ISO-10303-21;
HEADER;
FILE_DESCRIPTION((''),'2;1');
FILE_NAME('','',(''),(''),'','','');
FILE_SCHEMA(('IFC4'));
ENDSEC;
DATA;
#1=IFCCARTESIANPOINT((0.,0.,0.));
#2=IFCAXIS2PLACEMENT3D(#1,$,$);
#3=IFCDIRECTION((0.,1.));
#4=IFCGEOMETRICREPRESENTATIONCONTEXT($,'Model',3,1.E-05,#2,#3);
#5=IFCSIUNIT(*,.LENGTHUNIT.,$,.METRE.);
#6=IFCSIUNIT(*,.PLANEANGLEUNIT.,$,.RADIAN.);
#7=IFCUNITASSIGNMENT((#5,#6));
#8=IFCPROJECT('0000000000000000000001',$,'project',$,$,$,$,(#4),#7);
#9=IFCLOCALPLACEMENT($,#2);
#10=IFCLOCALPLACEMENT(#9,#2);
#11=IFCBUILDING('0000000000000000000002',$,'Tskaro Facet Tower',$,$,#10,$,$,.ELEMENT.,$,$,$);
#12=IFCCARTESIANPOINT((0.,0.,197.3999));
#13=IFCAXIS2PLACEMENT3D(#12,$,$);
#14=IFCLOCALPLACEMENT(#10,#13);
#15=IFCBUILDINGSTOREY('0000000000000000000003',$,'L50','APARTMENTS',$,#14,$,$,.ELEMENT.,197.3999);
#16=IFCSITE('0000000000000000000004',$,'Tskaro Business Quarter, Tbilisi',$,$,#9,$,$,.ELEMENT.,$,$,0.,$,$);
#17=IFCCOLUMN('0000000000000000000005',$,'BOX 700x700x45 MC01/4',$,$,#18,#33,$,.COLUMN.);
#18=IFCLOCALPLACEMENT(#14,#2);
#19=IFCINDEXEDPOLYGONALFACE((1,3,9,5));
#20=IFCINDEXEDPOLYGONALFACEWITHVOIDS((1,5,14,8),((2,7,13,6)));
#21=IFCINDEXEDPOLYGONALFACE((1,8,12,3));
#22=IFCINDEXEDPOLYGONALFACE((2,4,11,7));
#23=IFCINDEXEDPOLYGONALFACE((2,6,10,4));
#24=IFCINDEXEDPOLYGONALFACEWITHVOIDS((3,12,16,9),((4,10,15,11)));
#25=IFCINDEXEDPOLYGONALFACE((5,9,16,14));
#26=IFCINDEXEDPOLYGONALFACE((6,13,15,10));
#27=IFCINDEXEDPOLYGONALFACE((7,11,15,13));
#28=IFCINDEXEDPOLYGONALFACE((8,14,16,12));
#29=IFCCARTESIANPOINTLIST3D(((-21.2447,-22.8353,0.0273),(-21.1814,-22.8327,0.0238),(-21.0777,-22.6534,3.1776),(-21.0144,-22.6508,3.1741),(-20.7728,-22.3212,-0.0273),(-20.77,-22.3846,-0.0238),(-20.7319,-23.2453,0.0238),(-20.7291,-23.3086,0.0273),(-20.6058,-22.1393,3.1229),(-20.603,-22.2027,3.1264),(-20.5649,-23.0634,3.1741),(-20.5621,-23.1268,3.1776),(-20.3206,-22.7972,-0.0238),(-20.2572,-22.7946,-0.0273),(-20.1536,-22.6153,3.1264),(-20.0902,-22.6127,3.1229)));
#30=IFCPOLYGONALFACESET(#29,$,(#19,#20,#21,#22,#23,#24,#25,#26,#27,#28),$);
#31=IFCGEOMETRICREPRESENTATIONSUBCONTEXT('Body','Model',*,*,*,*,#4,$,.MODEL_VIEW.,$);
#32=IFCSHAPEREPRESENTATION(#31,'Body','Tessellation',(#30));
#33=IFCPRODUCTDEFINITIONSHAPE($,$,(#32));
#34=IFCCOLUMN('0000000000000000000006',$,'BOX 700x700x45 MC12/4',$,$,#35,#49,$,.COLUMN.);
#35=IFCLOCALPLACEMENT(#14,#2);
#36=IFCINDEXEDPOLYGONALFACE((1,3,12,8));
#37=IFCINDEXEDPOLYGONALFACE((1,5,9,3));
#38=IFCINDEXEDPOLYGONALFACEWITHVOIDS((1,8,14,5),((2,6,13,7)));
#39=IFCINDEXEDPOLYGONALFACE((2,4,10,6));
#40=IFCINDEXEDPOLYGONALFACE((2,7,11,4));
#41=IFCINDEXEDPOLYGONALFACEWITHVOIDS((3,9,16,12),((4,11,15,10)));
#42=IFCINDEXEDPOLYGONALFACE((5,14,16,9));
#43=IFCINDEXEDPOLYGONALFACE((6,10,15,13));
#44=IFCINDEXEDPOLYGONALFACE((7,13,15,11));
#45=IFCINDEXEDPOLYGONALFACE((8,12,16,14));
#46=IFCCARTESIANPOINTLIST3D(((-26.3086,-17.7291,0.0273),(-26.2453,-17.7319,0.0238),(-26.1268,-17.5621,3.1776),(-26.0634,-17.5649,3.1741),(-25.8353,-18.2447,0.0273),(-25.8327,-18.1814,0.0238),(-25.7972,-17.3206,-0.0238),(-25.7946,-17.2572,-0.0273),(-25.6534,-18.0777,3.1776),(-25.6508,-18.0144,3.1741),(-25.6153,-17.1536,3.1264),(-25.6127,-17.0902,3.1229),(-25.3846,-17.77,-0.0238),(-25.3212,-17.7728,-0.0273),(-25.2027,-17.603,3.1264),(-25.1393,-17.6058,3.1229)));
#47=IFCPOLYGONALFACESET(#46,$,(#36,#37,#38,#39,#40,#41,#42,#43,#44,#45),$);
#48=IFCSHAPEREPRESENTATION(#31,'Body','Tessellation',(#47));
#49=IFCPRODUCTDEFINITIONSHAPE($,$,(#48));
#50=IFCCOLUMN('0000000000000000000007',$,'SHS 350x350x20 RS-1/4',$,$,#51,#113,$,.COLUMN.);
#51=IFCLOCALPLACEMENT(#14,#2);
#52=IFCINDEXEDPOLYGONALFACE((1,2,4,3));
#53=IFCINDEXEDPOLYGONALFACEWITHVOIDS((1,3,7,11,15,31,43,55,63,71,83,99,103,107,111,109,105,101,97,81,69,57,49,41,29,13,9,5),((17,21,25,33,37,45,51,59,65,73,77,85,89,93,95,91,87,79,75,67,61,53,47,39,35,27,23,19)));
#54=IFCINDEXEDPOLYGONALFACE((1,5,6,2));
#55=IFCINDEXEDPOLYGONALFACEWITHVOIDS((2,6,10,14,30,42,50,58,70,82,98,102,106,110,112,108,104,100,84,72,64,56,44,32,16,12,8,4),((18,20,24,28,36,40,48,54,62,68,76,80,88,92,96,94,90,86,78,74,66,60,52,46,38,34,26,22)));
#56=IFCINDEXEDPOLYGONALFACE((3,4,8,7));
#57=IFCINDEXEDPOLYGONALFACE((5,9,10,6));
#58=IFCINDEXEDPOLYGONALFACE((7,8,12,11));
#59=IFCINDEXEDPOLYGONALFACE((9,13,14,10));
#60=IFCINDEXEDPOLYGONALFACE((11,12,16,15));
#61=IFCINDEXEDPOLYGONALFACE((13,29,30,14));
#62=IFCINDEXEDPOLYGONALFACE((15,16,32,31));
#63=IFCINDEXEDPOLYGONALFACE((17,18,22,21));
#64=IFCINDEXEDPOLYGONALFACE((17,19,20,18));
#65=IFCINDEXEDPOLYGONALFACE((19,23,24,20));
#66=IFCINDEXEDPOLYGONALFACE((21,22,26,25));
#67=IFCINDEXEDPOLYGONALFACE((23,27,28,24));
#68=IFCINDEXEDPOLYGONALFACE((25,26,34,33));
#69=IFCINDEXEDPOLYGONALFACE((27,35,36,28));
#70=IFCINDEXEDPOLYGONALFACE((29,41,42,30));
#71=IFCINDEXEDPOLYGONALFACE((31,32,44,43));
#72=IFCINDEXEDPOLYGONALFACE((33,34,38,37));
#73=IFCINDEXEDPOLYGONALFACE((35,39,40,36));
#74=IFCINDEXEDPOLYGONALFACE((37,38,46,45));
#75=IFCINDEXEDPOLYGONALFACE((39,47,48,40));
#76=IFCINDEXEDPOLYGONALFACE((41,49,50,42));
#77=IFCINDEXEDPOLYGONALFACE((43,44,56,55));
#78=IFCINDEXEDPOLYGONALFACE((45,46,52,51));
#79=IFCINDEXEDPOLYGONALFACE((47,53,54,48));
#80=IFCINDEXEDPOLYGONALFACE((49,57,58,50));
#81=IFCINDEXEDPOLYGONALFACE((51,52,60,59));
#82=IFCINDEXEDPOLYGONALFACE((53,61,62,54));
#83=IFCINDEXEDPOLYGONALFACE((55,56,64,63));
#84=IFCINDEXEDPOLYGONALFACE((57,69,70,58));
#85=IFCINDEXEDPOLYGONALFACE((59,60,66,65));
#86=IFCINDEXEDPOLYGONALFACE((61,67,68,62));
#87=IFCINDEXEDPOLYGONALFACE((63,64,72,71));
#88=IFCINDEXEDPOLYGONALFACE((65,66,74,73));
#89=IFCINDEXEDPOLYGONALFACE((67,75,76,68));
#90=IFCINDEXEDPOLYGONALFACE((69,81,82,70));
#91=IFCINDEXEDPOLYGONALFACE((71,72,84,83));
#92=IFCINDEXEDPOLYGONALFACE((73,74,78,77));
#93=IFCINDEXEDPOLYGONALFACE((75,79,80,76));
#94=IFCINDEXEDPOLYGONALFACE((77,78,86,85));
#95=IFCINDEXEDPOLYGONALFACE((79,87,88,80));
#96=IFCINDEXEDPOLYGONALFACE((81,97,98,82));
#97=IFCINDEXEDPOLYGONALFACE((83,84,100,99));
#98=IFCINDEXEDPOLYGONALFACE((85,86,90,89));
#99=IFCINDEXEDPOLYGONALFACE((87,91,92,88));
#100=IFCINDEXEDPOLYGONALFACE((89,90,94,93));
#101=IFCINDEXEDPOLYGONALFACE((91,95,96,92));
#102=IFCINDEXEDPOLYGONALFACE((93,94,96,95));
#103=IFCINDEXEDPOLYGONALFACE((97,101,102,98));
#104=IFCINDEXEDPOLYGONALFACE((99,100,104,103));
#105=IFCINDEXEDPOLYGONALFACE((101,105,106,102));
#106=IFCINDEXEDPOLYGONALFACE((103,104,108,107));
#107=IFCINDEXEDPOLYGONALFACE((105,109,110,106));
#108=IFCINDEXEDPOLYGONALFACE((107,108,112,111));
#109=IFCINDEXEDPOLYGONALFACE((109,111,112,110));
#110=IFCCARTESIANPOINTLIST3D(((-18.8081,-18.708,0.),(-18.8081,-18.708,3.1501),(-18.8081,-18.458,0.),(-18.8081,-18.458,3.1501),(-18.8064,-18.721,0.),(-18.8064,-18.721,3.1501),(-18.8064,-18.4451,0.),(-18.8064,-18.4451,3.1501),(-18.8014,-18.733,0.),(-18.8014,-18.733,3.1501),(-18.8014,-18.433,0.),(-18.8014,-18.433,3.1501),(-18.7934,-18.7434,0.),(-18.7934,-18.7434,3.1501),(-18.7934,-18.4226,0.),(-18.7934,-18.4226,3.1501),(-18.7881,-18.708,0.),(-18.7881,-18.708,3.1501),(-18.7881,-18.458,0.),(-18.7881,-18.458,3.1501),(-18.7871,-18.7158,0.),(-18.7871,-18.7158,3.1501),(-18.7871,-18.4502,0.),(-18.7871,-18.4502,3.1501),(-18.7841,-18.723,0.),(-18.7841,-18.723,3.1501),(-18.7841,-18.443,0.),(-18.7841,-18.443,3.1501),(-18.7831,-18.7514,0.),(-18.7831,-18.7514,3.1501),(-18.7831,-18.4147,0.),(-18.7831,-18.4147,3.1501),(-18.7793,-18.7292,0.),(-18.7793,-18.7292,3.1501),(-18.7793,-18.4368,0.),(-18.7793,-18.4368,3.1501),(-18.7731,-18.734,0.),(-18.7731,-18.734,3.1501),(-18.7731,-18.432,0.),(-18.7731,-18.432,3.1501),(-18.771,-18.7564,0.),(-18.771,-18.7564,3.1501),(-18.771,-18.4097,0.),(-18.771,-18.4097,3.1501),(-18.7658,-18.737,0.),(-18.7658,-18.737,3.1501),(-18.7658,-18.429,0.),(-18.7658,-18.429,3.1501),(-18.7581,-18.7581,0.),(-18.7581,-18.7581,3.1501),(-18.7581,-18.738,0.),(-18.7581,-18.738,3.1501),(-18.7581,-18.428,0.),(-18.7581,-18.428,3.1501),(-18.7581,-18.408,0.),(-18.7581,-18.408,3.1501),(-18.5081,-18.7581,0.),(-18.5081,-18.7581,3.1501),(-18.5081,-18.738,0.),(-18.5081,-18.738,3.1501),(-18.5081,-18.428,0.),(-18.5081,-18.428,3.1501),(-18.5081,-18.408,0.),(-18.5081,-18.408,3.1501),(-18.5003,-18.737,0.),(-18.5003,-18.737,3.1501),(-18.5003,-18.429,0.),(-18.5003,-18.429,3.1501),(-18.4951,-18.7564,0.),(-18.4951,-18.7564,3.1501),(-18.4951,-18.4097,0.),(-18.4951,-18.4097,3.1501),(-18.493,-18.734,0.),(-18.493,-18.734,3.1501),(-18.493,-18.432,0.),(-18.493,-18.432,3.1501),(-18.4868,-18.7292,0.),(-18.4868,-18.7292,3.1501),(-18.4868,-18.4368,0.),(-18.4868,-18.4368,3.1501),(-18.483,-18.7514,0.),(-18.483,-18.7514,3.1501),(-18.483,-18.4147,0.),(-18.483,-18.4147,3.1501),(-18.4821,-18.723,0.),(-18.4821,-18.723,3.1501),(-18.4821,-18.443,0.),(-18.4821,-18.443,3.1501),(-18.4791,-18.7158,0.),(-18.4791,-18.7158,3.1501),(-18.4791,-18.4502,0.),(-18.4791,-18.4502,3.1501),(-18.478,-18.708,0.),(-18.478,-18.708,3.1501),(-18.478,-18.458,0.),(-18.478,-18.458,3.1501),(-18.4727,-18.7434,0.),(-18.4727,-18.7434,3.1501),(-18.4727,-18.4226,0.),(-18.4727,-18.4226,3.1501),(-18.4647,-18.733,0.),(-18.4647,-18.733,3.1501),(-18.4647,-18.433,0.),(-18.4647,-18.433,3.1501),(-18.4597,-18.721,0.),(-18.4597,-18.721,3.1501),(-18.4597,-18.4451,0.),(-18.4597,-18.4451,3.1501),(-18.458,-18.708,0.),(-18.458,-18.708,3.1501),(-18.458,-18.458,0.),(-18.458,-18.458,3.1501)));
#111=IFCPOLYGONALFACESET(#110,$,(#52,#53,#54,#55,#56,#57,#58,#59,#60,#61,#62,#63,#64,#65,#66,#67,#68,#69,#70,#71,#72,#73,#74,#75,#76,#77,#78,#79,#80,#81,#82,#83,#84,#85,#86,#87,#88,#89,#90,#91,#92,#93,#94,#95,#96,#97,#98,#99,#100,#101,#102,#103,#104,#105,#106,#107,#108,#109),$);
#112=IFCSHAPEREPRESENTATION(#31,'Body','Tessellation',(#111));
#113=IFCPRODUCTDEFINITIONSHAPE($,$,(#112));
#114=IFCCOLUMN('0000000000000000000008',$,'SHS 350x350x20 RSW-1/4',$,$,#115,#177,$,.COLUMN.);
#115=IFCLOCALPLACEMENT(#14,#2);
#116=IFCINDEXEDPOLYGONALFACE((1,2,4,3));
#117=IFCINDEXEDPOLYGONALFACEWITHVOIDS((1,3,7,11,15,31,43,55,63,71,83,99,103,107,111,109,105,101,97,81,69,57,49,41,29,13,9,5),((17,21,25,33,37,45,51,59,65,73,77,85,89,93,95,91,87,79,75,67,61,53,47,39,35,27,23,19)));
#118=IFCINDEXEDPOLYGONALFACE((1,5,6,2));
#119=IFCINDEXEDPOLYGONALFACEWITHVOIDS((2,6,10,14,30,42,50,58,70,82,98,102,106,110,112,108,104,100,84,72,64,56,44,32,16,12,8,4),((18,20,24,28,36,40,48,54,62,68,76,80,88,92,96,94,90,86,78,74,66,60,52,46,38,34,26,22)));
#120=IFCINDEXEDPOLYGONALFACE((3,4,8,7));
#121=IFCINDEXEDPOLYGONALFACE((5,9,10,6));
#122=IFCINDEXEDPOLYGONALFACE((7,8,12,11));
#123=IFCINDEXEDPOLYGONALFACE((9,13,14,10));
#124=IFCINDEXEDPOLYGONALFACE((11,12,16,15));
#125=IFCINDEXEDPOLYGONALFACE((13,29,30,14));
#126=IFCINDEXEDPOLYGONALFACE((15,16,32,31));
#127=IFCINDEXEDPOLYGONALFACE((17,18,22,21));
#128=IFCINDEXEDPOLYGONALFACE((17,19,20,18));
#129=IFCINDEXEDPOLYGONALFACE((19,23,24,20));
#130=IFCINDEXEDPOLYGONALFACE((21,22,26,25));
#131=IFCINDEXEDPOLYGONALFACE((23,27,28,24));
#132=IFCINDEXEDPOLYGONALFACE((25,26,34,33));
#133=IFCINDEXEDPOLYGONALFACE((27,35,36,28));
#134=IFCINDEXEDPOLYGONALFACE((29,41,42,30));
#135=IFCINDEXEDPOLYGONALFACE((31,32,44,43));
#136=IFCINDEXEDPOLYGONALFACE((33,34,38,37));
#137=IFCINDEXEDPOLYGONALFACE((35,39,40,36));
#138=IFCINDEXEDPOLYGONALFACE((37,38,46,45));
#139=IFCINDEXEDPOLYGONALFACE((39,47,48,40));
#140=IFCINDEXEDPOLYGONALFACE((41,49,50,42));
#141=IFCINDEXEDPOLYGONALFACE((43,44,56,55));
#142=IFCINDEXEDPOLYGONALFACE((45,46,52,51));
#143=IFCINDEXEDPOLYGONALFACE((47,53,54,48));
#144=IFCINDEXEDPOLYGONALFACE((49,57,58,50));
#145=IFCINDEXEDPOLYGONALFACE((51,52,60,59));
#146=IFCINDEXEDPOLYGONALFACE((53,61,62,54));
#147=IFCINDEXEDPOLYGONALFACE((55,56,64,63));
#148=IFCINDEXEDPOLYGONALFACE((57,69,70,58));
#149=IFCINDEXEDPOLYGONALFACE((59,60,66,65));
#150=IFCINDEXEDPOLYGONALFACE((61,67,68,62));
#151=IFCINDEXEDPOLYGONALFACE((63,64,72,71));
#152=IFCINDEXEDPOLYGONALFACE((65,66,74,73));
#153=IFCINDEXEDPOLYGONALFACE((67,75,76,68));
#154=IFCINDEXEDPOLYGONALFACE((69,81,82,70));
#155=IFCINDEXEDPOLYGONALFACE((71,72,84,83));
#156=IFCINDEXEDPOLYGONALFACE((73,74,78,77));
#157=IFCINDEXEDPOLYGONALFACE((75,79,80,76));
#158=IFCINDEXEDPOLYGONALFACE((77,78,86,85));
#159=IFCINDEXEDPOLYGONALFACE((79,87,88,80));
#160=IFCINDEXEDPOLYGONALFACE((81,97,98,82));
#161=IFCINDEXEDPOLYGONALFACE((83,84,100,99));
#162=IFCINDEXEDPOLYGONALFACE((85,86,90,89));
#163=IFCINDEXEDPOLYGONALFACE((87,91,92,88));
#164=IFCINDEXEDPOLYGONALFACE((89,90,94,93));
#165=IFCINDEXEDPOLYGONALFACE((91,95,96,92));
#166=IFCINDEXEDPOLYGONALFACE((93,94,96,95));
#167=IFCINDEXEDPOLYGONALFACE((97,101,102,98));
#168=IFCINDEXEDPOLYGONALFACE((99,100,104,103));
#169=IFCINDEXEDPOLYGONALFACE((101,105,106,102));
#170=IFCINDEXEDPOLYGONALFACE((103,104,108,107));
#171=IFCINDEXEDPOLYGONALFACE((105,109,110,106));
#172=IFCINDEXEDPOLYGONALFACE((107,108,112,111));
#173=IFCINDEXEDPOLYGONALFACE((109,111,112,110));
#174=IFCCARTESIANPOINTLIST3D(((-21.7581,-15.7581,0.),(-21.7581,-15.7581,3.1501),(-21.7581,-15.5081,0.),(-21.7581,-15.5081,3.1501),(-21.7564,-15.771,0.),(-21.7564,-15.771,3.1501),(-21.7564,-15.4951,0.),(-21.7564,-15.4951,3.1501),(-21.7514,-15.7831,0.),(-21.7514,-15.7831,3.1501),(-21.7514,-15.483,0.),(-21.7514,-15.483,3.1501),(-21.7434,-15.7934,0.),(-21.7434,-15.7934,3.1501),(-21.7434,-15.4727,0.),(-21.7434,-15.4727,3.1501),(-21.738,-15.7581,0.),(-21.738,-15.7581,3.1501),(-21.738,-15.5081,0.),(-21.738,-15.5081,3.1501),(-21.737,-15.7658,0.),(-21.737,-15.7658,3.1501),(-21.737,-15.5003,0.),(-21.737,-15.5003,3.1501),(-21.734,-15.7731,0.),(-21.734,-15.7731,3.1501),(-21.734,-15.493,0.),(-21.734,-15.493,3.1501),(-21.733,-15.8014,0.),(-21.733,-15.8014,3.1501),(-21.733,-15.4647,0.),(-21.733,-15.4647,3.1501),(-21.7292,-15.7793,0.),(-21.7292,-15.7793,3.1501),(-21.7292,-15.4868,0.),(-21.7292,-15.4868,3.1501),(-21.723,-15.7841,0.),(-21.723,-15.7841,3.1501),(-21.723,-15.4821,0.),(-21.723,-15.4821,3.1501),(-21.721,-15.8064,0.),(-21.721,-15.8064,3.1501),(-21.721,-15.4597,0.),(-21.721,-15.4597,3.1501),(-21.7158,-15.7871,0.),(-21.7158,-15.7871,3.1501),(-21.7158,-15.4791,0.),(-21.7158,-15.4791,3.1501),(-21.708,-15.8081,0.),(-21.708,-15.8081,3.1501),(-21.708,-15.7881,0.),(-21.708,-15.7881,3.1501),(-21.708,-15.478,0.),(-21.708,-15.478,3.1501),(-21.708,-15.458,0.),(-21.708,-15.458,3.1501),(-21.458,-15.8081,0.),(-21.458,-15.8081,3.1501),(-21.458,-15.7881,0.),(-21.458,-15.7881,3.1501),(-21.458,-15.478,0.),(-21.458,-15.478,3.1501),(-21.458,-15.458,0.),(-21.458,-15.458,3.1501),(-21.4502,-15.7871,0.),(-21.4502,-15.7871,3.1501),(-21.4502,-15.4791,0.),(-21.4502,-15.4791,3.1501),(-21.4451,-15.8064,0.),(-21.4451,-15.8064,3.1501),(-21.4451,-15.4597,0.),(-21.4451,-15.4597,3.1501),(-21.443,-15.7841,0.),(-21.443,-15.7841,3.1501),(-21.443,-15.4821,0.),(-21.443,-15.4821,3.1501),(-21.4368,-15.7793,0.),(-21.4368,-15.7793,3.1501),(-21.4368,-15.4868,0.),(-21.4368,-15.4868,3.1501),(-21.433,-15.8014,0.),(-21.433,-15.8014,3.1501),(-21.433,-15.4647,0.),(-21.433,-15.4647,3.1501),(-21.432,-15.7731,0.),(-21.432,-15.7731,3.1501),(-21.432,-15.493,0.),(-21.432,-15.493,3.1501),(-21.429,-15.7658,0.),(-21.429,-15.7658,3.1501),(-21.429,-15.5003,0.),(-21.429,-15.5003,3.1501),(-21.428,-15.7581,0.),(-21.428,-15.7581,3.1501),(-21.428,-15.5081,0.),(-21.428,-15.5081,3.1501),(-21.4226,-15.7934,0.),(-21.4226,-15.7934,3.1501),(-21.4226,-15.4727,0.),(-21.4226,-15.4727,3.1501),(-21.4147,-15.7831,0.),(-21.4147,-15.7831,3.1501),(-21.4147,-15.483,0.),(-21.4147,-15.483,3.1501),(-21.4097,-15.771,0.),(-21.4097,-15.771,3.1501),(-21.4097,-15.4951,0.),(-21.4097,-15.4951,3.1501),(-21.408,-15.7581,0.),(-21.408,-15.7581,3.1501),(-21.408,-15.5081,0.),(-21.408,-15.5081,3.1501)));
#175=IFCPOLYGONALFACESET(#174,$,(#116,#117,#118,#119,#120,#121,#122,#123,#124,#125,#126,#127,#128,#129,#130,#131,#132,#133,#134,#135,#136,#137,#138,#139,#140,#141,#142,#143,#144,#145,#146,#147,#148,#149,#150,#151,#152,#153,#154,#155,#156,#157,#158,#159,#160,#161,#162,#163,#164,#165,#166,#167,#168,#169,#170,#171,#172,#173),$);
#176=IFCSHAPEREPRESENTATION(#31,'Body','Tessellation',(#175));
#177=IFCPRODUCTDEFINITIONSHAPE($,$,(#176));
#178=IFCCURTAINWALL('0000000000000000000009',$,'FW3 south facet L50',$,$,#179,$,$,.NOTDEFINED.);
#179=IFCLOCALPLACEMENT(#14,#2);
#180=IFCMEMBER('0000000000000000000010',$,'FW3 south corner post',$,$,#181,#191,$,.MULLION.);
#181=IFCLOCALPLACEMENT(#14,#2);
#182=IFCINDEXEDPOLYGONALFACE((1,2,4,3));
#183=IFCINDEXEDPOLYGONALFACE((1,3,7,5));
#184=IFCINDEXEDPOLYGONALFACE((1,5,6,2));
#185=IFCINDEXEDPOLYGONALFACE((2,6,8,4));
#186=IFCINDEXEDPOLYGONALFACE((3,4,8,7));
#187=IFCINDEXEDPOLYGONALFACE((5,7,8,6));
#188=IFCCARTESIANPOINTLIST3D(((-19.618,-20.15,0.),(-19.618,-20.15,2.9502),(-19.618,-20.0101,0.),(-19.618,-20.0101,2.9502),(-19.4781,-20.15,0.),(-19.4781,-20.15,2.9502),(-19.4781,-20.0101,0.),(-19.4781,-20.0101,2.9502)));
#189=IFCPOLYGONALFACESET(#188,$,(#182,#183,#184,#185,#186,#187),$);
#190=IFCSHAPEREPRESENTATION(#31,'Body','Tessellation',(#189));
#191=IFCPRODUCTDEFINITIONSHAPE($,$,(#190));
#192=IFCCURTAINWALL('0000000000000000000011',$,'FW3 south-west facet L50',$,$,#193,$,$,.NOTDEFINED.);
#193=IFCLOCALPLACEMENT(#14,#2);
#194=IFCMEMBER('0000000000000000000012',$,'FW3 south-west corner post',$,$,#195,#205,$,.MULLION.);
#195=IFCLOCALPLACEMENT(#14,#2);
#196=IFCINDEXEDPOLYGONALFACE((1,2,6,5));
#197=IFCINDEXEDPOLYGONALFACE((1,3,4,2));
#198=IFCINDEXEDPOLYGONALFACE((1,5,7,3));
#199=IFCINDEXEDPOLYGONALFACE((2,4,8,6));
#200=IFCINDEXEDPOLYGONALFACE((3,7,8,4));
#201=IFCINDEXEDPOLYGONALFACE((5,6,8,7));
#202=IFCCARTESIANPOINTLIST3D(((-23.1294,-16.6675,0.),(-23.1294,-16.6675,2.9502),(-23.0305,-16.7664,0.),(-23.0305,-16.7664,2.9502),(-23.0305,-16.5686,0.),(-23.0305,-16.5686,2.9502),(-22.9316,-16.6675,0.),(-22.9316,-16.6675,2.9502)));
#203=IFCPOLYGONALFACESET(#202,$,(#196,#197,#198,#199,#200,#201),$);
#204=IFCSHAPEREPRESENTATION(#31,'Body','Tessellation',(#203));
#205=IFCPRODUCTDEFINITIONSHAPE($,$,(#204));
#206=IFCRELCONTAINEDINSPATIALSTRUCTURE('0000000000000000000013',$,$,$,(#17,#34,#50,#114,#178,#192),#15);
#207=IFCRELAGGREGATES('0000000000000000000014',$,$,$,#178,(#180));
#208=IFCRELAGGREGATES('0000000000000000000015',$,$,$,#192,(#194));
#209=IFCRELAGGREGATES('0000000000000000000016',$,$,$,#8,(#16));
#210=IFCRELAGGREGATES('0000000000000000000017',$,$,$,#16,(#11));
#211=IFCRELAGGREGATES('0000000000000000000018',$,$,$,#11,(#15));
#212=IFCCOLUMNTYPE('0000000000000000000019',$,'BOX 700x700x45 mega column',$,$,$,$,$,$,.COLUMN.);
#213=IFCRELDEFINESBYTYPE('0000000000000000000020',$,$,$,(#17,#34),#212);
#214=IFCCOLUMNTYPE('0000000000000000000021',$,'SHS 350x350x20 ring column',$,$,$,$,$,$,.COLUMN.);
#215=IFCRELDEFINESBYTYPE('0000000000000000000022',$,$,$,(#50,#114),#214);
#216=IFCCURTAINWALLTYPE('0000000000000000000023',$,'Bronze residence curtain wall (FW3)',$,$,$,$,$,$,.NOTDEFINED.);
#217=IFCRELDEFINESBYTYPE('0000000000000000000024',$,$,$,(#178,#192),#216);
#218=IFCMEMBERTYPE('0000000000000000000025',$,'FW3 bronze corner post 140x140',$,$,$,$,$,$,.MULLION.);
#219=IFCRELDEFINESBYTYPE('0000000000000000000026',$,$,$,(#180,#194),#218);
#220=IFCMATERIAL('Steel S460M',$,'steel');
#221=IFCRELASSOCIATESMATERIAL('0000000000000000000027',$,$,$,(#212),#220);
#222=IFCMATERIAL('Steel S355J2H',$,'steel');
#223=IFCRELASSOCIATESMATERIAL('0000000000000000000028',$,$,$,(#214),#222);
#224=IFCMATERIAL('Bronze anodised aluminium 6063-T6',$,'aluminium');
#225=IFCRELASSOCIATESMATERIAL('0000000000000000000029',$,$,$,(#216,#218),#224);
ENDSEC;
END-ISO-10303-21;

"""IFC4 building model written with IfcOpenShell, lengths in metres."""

from ifc_helpers import new_model, si_unit, direction, frame, origin, origin_2d, place, context, subcontext, project, spatial, rectangle, hollow_rectangle, extrude, material, material_profile, profile_set, type_object, element, aggregate, save


model = new_model("IFC4")

# Units and contexts
model_context = context("Model", 3, precision=1e-05, world=origin(), true_north=direction((0.0, 1.0)))
body_context = subcontext(model_context, "Body", "Model", "MODEL_VIEW")
ifc_project = project(units=[si_unit("LENGTHUNIT", "METRE"), si_unit("PLANEANGLEUNIT", "RADIAN")], contexts=[model_context])

# Site, building, storey
site_placement = place(None, origin())
site = spatial("IfcSite", under=ifc_project, at=site_placement, Name="Tskaro Business Quarter, Tbilisi", CompositionType="ELEMENT", RefElevation=0.0)
building_placement = place(site_placement, origin())
building = spatial("IfcBuilding", under=site, at=building_placement, Name="Tskaro Facet Tower", CompositionType="ELEMENT")
storey_placement = place(building_placement, frame((0.0, 0.0, 197.3999)))
storey = spatial("IfcBuildingStorey", under=building, at=storey_placement, Name="L50", Description="APARTMENTS", CompositionType="ELEMENT", Elevation=197.3999)

# Columns
ifc_material_1 = material(Name="Steel S460M", Category="steel")
ifc_material_profile_1 = material_profile(ifc_material_1, hollow_rectangle(XDim=0.7, YDim=0.7, WallThickness=0.0449, at=origin_2d()), Name="BOX 700x700x45")
ifc_profile_set_1 = profile_set([ifc_material_profile_1], Name="Steel S460M")
column_type_1 = type_object("IfcColumnType", Name="BOX 700x700x45 mega column", PredefinedType="COLUMN", material=ifc_profile_set_1)
for number, where, z_axis, x_axis, name in (
    (1, (-20.751, -22.8149, 0.0), (0.052849, 0.057562, 0.996942), (-0.73662, 0.676306, 0.0), "BOX 700x700x45 MC01/4"),
    (2, (-25.8149, -17.751, 0.0), (0.057562, 0.052849, 0.996942), (-0.676306, 0.73662, 0.0), "BOX 700x700x45 MC12/4"),
):
    element("IfcColumn", number, at=place(storey_placement, frame(where, z_axis=z_axis, x_axis=x_axis)), inside=storey, type_object=column_type_1, Name=name, PredefinedType="COLUMN", context=body_context, shape_type="SweptSolid", body=[
        extrude(hollow_rectangle(XDim=0.7, YDim=0.7, WallThickness=0.0449, at=origin_2d()), origin(), (0.0, 0.0, 1.0), 3.1599),
    ])
ifc_material_2 = material(Name="Steel S355J2H", Category="steel")
ifc_material_profile_2 = material_profile(ifc_material_2, hollow_rectangle(XDim=0.3501, YDim=0.3501, WallThickness=0.02, InnerFilletRadius=0.03, OuterFilletRadius=0.05, at=origin_2d()), Name="SHS 350x350x20")
ifc_profile_set_2 = profile_set([ifc_material_profile_2], Name="Steel S355J2H")
column_type_2 = type_object("IfcColumnType", Name="SHS 350x350x20 ring column", PredefinedType="COLUMN", material=ifc_profile_set_2)
for number, where, z_axis, x_axis, name in (
    (3, (-18.6331, -18.583, 0.0), (0.0, 0.0, 1.0), (1.0, 0.0, 0.0), "SHS 350x350x20 RS-1/4"),
    (4, (-21.583, -15.6331, 0.0), (0.0, 0.0, 1.0), (1.0, 0.0, 0.0), "SHS 350x350x20 RSW-1/4"),
):
    element("IfcColumn", number, at=place(storey_placement, frame(where, z_axis=z_axis, x_axis=x_axis)), inside=storey, type_object=column_type_2, Name=name, PredefinedType="COLUMN", context=body_context, shape_type="SweptSolid", body=[
        extrude(hollow_rectangle(XDim=0.3501, YDim=0.3501, WallThickness=0.02, InnerFilletRadius=0.03, OuterFilletRadius=0.05, at=origin_2d()), origin(), (0.0, 0.0, 1.0), 3.1501),
    ])

# Curtain walls, members
ifc_material_3 = material(Name="Bronze anodised aluminium 6063-T6", Category="aluminium")
curtain_wall_type = type_object("IfcCurtainWallType", Name="Bronze residence curtain wall (FW3)", PredefinedType="NOTDEFINED", material=ifc_material_3)
curtain_wall_1_placement = place(storey_placement, origin())
curtain_wall_1 = element("IfcCurtainWall", 5, at=curtain_wall_1_placement, inside=storey, type_object=curtain_wall_type, Name="FW3 south facet L50", PredefinedType="NOTDEFINED")
ifc_material_profile_3 = material_profile(ifc_material_3, rectangle(XDim=0.1399, YDim=0.1399, at=origin_2d()), Name="Corner post 140x140")
ifc_profile_set_3 = profile_set([ifc_material_profile_3], Name="Bronze anodised aluminium 6063-T6")
member_type_1 = type_object("IfcMemberType", Name="FW3 bronze corner post 140x140", PredefinedType="MULLION", material=ifc_profile_set_3)
member_1_placement = place(storey_placement, frame((-19.5481, -20.0801, 0.0), z_axis=(0.0, 0.0, 1.0), x_axis=(1.0, 0.0, 0.0)))
member_1 = element("IfcMember", 6, at=member_1_placement, type_object=member_type_1, Name="FW3 south corner post", PredefinedType="MULLION", context=body_context, shape_type="SweptSolid", body=[
    extrude(rectangle(XDim=0.1399, YDim=0.1399, at=origin_2d()), origin(), (0.0, 0.0, 1.0), 2.9502),
])
curtain_wall_2_placement = place(storey_placement, origin())
curtain_wall_2 = element("IfcCurtainWall", 7, at=curtain_wall_2_placement, inside=storey, type_object=curtain_wall_type, Name="FW3 south-west facet L50", PredefinedType="NOTDEFINED")
member_2_placement = place(storey_placement, frame((-23.0305, -16.6675, 0.0), z_axis=(0.0, 0.0, 1.0), x_axis=(0.707107, -0.707107, 0.0)))
member_2 = element("IfcMember", 8, at=member_2_placement, type_object=member_type_1, Name="FW3 south-west corner post", PredefinedType="MULLION", context=body_context, shape_type="SweptSolid", body=[
    extrude(rectangle(XDim=0.1399, YDim=0.1399, at=origin_2d()), origin(), (0.0, 0.0, 1.0), 2.9502),
])

aggregate(curtain_wall_1, [member_1])

aggregate(curtain_wall_2, [member_2])

save(model, "model.ifc")
